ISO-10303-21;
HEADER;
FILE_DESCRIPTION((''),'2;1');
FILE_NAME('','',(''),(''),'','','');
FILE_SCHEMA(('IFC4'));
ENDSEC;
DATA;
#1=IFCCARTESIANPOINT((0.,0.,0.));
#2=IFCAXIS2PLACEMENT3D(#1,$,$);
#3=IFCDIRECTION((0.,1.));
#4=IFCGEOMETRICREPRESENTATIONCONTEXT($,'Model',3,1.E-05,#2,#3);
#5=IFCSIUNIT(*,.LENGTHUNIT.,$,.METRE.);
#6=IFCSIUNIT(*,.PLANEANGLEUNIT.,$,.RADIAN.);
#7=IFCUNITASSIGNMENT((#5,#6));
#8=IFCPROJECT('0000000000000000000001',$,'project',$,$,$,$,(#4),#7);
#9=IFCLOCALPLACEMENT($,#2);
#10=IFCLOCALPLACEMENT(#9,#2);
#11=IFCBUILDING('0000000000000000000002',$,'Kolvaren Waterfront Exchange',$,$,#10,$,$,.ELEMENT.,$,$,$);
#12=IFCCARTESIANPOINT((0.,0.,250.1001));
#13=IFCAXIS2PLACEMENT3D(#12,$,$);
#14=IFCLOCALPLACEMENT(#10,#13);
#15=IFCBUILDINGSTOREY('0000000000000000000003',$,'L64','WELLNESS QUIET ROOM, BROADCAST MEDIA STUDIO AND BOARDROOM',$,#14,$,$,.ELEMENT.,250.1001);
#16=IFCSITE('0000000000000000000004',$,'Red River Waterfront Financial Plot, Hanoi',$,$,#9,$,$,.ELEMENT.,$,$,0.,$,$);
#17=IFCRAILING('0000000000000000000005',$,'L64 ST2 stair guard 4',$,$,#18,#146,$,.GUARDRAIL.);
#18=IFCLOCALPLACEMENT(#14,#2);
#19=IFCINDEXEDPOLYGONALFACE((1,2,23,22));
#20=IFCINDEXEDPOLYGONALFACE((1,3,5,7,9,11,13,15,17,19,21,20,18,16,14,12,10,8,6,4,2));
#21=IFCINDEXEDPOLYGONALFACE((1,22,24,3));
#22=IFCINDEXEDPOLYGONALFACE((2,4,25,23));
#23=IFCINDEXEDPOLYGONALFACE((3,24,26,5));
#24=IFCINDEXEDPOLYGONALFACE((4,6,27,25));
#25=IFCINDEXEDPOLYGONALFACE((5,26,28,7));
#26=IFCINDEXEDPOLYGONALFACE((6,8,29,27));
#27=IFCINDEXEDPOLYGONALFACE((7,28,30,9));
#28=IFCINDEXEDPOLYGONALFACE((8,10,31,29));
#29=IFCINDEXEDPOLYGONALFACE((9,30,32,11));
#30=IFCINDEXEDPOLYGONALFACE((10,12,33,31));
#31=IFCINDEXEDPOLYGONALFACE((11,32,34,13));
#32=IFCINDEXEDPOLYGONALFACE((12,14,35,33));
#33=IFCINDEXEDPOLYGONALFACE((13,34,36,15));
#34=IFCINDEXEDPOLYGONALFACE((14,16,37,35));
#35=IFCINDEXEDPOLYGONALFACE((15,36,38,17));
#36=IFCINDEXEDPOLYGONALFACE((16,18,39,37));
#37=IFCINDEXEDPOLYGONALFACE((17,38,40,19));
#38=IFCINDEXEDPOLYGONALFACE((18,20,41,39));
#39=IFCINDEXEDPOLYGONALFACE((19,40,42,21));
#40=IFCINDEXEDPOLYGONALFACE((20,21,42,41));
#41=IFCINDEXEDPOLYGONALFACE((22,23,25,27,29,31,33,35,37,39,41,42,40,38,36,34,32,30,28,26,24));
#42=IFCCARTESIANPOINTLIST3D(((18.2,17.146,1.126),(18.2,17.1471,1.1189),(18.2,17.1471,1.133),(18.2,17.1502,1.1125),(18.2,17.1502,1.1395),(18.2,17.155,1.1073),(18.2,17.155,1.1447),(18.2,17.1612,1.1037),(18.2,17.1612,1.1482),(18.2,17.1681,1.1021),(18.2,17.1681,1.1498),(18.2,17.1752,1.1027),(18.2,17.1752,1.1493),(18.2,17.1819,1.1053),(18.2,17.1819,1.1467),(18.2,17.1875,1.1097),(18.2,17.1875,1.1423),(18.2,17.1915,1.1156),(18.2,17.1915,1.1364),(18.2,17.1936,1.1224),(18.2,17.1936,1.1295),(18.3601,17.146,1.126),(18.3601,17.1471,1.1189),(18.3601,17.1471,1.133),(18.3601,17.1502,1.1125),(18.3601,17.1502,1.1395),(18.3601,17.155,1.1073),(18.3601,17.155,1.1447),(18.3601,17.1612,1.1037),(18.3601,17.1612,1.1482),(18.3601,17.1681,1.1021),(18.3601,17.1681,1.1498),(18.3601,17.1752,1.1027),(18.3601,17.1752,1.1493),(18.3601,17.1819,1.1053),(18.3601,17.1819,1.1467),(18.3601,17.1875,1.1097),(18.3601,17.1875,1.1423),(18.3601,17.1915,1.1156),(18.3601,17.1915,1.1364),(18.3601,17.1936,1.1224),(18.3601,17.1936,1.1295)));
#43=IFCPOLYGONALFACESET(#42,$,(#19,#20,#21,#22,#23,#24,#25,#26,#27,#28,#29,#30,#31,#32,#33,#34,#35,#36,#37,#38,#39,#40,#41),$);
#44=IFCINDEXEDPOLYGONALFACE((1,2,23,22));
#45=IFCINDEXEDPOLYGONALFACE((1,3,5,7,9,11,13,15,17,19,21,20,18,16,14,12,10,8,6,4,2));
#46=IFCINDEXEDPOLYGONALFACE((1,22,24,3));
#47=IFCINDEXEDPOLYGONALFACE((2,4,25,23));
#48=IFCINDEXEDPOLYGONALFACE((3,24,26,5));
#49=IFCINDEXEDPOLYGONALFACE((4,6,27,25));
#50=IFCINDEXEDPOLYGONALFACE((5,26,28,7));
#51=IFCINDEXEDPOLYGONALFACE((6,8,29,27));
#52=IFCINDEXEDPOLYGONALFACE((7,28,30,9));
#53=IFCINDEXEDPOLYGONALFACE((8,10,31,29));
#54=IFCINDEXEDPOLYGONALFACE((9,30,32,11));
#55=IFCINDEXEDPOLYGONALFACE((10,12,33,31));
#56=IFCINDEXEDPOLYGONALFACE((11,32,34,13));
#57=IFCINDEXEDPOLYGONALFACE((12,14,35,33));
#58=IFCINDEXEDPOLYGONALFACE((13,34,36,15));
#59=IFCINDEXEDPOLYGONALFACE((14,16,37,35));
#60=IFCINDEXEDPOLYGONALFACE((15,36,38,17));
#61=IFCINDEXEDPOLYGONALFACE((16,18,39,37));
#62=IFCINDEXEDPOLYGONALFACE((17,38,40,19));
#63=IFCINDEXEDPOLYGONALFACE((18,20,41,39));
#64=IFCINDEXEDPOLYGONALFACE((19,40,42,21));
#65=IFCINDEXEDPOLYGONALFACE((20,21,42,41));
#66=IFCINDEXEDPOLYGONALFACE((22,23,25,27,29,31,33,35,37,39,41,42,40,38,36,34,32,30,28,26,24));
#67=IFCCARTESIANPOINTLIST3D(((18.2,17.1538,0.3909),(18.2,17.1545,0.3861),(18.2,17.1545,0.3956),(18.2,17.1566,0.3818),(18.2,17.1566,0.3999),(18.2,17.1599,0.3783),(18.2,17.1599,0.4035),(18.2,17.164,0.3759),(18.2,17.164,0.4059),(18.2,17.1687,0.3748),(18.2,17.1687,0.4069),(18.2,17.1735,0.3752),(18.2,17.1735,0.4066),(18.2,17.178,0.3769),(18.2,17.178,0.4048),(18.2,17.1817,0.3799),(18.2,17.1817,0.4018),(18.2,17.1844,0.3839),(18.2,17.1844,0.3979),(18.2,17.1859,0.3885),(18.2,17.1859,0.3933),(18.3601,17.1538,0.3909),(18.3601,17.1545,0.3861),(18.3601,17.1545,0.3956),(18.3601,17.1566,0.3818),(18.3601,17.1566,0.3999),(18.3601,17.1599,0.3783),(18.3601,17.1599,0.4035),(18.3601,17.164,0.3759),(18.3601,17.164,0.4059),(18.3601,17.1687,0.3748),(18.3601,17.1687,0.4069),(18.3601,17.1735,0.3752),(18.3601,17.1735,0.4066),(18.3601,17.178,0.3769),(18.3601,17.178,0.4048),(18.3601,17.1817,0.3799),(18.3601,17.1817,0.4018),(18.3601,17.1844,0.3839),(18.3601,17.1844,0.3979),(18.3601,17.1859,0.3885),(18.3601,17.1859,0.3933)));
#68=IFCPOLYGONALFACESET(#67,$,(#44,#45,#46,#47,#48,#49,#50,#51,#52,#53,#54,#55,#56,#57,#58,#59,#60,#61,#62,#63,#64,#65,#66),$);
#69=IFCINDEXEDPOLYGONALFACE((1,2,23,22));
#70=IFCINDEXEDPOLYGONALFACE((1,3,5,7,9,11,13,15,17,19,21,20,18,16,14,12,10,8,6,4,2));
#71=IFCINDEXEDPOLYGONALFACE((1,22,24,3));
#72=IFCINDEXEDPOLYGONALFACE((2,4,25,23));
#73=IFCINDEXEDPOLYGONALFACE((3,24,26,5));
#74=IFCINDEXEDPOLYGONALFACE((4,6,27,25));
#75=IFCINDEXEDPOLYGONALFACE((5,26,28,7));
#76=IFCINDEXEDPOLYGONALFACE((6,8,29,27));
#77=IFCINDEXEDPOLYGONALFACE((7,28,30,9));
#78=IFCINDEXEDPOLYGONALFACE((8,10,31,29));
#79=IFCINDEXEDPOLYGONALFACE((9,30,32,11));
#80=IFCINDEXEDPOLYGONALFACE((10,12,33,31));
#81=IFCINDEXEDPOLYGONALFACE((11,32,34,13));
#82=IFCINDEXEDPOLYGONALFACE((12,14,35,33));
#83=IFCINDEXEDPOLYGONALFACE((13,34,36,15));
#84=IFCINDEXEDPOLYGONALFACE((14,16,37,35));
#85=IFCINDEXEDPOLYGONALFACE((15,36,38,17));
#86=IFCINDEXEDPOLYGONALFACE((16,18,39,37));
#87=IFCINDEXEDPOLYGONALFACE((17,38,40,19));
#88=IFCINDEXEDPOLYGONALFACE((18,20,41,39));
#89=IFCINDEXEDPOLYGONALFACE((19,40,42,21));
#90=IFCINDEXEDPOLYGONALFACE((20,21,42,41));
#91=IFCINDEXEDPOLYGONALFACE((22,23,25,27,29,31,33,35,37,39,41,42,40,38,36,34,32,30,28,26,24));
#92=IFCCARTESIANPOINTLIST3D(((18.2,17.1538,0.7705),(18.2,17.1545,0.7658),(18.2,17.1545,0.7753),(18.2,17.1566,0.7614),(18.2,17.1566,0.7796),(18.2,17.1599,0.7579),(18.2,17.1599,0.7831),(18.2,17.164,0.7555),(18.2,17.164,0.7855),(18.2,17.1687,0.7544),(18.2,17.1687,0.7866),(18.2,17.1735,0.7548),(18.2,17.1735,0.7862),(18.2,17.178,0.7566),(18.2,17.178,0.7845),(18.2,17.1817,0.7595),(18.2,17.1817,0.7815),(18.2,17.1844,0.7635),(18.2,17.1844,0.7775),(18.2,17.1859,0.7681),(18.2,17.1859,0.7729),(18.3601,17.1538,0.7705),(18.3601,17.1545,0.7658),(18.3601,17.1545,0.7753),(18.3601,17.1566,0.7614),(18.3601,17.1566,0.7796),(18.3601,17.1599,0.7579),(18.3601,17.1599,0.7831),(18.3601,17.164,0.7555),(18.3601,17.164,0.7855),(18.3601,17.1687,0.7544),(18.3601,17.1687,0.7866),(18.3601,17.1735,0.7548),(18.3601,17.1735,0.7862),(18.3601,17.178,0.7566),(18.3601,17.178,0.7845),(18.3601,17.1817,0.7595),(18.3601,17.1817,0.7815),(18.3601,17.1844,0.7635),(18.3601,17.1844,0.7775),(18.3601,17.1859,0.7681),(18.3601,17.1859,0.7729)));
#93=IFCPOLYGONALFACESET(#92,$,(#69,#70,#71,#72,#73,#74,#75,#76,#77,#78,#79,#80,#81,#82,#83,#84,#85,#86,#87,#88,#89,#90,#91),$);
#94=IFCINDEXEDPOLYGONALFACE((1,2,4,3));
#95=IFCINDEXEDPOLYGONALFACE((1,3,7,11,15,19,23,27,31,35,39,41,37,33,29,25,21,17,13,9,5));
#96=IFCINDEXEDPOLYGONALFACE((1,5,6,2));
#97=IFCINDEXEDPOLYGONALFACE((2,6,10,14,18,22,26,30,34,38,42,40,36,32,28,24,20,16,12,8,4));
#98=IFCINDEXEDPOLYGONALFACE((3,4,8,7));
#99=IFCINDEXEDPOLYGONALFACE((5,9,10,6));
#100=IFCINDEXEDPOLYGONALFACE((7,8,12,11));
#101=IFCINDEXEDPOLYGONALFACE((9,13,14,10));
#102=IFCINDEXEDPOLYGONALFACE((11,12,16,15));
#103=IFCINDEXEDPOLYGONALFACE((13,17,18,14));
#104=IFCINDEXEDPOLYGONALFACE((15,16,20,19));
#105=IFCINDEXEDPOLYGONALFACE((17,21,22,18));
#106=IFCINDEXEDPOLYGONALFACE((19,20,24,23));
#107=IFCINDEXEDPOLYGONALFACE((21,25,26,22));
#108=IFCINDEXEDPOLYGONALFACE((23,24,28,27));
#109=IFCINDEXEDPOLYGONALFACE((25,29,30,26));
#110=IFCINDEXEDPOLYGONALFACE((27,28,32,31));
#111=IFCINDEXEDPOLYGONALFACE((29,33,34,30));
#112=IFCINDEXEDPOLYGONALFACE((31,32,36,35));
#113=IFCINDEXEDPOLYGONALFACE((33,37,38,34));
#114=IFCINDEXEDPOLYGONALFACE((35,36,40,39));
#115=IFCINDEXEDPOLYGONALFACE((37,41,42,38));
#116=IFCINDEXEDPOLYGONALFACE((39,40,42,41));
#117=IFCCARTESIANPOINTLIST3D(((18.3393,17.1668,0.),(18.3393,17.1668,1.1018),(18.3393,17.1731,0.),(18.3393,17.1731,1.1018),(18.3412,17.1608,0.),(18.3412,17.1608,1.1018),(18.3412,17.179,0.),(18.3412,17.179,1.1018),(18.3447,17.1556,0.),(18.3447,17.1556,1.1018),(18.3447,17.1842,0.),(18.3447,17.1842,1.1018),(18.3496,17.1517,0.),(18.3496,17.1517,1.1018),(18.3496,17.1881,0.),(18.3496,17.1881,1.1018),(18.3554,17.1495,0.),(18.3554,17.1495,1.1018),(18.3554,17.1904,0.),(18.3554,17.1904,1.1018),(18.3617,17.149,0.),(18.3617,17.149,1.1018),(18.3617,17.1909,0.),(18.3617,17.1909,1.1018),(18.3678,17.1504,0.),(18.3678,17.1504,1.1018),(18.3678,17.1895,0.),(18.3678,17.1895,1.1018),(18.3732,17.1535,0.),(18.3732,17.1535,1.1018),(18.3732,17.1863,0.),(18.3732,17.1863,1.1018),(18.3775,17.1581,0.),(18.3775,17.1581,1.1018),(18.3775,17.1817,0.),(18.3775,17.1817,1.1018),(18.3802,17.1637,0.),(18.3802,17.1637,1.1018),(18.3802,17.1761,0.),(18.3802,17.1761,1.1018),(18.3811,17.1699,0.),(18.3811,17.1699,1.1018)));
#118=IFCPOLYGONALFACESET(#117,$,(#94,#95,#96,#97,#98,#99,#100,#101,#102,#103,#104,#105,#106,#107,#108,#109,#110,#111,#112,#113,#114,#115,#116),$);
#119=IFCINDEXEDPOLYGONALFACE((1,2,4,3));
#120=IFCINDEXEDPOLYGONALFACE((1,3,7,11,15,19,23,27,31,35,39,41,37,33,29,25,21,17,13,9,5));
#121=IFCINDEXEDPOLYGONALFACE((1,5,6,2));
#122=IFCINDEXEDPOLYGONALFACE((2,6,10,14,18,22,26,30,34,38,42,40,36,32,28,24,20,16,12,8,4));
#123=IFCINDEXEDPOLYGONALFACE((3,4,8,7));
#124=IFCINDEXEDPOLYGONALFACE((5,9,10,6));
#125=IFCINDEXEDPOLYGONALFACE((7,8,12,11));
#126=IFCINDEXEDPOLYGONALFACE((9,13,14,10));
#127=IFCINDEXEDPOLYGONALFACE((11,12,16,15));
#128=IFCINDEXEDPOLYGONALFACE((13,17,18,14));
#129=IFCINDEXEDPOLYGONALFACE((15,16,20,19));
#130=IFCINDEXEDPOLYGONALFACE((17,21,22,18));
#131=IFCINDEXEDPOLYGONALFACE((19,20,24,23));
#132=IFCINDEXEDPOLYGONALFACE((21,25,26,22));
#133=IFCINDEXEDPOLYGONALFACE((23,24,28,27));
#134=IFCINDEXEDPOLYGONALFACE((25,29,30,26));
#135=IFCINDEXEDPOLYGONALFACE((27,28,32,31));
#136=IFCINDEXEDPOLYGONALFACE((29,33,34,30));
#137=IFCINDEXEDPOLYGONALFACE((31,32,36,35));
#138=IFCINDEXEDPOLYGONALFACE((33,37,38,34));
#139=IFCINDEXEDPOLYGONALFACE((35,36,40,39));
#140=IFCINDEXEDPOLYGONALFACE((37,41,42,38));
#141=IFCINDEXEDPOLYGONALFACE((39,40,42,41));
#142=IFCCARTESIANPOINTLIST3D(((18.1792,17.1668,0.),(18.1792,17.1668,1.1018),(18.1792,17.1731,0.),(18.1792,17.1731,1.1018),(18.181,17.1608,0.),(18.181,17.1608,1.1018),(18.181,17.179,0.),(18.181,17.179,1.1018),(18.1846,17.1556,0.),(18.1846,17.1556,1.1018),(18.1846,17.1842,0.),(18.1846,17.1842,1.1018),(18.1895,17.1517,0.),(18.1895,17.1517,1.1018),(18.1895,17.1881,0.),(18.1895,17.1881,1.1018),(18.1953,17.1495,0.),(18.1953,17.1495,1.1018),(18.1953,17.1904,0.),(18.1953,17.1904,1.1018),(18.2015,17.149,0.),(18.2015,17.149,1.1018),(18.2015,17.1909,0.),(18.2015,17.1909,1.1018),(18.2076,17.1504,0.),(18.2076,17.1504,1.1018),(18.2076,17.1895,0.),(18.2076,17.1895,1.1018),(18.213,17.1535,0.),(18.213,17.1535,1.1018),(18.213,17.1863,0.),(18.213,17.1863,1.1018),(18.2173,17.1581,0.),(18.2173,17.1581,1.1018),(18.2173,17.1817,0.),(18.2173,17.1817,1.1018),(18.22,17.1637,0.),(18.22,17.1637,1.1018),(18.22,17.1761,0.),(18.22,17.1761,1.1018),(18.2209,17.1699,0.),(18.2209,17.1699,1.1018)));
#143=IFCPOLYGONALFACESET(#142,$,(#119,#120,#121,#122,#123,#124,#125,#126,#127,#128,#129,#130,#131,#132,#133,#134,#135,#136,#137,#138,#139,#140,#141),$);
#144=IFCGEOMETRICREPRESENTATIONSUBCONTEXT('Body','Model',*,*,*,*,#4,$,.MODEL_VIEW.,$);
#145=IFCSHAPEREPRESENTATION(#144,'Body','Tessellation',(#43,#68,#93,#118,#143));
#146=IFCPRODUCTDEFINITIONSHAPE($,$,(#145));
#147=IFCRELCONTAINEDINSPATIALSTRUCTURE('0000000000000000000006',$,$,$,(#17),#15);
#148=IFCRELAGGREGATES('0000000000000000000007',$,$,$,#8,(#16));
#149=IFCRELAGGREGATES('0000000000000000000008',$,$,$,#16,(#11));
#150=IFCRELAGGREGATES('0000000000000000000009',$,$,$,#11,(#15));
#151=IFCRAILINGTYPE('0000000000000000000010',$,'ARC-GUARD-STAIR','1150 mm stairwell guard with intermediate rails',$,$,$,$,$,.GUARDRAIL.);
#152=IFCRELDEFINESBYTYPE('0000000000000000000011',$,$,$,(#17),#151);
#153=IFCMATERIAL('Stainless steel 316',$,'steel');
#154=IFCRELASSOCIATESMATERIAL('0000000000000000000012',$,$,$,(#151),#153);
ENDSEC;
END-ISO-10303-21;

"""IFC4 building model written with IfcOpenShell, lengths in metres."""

from ifc_helpers import new_model, si_unit, direction, frame, origin, origin_2d, place, context, subcontext, project, spatial, circle, extrude, material, type_object, element, save


model = new_model("IFC4")

# Units and contexts
model_context = context("Model", 3, precision=1e-05, world=origin(), true_north=direction((0.0, 1.0)))
body_context = subcontext(model_context, "Body", "Model", "MODEL_VIEW")
ifc_project = project(units=[si_unit("LENGTHUNIT", "METRE"), si_unit("PLANEANGLEUNIT", "RADIAN")], contexts=[model_context])

# Site, building, storey
site_placement = place(None, origin())
site = spatial("IfcSite", under=ifc_project, at=site_placement, Name="Red River Waterfront Financial Plot, Hanoi", CompositionType="ELEMENT", RefElevation=0.0)
building_placement = place(site_placement, origin())
building = spatial("IfcBuilding", under=site, at=building_placement, Name="Kolvaren Waterfront Exchange", CompositionType="ELEMENT")
storey_placement = place(building_placement, frame((0.0, 0.0, 250.1001)))
storey = spatial("IfcBuildingStorey", under=building, at=storey_placement, Name="L64", Description="WELLNESS QUIET ROOM, BROADCAST MEDIA STUDIO AND BOARDROOM", CompositionType="ELEMENT", Elevation=250.1001)

# Railing
ifc_material_1 = material(Name="Stainless steel 316", Category="steel")
railing_type_1 = type_object("IfcRailingType", Name="ARC-GUARD-STAIR", Description="1150 mm stairwell guard with intermediate rails", PredefinedType="GUARDRAIL", material=ifc_material_1)
railing_1_placement = place(storey_placement, frame((18.3601, 17.1699, 0.0)))
element("IfcRailing", 1, at=railing_1_placement, inside=storey, type_object=railing_type_1, Name="L64 ST2 stair guard 4", PredefinedType="GUARDRAIL", context=body_context, shape_type="SweptSolid", body=[
    extrude(circle(Radius=0.0239, at=origin_2d()), frame((0.0, 0.0, 1.126), z_axis=(-1.0, 0.0, 0.0), x_axis=(0.0, -1.0, 0.0)), (0.0, 0.0, 1.0), 0.1602),
    extrude(circle(Radius=0.0161, at=origin_2d()), frame((0.0, 0.0, 0.3909), z_axis=(-1.0, 0.0, 0.0), x_axis=(0.0, -1.0, 0.0)), (0.0, 0.0, 1.0), 0.1602),
    extrude(circle(Radius=0.0161, at=origin_2d()), frame((0.0, 0.0, 0.7705), z_axis=(-1.0, 0.0, 0.0), x_axis=(0.0, -1.0, 0.0)), (0.0, 0.0, 1.0), 0.1602),
    extrude(circle(Radius=0.021, at=origin_2d()), origin(), (0.0, 0.0, 1.0), 1.1018),
    extrude(circle(Radius=0.021, at=origin_2d()), frame((-0.1602, 0.0, 0.0)), (0.0, 0.0, 1.0), 1.1018),
])

save(model, "model.ifc")
